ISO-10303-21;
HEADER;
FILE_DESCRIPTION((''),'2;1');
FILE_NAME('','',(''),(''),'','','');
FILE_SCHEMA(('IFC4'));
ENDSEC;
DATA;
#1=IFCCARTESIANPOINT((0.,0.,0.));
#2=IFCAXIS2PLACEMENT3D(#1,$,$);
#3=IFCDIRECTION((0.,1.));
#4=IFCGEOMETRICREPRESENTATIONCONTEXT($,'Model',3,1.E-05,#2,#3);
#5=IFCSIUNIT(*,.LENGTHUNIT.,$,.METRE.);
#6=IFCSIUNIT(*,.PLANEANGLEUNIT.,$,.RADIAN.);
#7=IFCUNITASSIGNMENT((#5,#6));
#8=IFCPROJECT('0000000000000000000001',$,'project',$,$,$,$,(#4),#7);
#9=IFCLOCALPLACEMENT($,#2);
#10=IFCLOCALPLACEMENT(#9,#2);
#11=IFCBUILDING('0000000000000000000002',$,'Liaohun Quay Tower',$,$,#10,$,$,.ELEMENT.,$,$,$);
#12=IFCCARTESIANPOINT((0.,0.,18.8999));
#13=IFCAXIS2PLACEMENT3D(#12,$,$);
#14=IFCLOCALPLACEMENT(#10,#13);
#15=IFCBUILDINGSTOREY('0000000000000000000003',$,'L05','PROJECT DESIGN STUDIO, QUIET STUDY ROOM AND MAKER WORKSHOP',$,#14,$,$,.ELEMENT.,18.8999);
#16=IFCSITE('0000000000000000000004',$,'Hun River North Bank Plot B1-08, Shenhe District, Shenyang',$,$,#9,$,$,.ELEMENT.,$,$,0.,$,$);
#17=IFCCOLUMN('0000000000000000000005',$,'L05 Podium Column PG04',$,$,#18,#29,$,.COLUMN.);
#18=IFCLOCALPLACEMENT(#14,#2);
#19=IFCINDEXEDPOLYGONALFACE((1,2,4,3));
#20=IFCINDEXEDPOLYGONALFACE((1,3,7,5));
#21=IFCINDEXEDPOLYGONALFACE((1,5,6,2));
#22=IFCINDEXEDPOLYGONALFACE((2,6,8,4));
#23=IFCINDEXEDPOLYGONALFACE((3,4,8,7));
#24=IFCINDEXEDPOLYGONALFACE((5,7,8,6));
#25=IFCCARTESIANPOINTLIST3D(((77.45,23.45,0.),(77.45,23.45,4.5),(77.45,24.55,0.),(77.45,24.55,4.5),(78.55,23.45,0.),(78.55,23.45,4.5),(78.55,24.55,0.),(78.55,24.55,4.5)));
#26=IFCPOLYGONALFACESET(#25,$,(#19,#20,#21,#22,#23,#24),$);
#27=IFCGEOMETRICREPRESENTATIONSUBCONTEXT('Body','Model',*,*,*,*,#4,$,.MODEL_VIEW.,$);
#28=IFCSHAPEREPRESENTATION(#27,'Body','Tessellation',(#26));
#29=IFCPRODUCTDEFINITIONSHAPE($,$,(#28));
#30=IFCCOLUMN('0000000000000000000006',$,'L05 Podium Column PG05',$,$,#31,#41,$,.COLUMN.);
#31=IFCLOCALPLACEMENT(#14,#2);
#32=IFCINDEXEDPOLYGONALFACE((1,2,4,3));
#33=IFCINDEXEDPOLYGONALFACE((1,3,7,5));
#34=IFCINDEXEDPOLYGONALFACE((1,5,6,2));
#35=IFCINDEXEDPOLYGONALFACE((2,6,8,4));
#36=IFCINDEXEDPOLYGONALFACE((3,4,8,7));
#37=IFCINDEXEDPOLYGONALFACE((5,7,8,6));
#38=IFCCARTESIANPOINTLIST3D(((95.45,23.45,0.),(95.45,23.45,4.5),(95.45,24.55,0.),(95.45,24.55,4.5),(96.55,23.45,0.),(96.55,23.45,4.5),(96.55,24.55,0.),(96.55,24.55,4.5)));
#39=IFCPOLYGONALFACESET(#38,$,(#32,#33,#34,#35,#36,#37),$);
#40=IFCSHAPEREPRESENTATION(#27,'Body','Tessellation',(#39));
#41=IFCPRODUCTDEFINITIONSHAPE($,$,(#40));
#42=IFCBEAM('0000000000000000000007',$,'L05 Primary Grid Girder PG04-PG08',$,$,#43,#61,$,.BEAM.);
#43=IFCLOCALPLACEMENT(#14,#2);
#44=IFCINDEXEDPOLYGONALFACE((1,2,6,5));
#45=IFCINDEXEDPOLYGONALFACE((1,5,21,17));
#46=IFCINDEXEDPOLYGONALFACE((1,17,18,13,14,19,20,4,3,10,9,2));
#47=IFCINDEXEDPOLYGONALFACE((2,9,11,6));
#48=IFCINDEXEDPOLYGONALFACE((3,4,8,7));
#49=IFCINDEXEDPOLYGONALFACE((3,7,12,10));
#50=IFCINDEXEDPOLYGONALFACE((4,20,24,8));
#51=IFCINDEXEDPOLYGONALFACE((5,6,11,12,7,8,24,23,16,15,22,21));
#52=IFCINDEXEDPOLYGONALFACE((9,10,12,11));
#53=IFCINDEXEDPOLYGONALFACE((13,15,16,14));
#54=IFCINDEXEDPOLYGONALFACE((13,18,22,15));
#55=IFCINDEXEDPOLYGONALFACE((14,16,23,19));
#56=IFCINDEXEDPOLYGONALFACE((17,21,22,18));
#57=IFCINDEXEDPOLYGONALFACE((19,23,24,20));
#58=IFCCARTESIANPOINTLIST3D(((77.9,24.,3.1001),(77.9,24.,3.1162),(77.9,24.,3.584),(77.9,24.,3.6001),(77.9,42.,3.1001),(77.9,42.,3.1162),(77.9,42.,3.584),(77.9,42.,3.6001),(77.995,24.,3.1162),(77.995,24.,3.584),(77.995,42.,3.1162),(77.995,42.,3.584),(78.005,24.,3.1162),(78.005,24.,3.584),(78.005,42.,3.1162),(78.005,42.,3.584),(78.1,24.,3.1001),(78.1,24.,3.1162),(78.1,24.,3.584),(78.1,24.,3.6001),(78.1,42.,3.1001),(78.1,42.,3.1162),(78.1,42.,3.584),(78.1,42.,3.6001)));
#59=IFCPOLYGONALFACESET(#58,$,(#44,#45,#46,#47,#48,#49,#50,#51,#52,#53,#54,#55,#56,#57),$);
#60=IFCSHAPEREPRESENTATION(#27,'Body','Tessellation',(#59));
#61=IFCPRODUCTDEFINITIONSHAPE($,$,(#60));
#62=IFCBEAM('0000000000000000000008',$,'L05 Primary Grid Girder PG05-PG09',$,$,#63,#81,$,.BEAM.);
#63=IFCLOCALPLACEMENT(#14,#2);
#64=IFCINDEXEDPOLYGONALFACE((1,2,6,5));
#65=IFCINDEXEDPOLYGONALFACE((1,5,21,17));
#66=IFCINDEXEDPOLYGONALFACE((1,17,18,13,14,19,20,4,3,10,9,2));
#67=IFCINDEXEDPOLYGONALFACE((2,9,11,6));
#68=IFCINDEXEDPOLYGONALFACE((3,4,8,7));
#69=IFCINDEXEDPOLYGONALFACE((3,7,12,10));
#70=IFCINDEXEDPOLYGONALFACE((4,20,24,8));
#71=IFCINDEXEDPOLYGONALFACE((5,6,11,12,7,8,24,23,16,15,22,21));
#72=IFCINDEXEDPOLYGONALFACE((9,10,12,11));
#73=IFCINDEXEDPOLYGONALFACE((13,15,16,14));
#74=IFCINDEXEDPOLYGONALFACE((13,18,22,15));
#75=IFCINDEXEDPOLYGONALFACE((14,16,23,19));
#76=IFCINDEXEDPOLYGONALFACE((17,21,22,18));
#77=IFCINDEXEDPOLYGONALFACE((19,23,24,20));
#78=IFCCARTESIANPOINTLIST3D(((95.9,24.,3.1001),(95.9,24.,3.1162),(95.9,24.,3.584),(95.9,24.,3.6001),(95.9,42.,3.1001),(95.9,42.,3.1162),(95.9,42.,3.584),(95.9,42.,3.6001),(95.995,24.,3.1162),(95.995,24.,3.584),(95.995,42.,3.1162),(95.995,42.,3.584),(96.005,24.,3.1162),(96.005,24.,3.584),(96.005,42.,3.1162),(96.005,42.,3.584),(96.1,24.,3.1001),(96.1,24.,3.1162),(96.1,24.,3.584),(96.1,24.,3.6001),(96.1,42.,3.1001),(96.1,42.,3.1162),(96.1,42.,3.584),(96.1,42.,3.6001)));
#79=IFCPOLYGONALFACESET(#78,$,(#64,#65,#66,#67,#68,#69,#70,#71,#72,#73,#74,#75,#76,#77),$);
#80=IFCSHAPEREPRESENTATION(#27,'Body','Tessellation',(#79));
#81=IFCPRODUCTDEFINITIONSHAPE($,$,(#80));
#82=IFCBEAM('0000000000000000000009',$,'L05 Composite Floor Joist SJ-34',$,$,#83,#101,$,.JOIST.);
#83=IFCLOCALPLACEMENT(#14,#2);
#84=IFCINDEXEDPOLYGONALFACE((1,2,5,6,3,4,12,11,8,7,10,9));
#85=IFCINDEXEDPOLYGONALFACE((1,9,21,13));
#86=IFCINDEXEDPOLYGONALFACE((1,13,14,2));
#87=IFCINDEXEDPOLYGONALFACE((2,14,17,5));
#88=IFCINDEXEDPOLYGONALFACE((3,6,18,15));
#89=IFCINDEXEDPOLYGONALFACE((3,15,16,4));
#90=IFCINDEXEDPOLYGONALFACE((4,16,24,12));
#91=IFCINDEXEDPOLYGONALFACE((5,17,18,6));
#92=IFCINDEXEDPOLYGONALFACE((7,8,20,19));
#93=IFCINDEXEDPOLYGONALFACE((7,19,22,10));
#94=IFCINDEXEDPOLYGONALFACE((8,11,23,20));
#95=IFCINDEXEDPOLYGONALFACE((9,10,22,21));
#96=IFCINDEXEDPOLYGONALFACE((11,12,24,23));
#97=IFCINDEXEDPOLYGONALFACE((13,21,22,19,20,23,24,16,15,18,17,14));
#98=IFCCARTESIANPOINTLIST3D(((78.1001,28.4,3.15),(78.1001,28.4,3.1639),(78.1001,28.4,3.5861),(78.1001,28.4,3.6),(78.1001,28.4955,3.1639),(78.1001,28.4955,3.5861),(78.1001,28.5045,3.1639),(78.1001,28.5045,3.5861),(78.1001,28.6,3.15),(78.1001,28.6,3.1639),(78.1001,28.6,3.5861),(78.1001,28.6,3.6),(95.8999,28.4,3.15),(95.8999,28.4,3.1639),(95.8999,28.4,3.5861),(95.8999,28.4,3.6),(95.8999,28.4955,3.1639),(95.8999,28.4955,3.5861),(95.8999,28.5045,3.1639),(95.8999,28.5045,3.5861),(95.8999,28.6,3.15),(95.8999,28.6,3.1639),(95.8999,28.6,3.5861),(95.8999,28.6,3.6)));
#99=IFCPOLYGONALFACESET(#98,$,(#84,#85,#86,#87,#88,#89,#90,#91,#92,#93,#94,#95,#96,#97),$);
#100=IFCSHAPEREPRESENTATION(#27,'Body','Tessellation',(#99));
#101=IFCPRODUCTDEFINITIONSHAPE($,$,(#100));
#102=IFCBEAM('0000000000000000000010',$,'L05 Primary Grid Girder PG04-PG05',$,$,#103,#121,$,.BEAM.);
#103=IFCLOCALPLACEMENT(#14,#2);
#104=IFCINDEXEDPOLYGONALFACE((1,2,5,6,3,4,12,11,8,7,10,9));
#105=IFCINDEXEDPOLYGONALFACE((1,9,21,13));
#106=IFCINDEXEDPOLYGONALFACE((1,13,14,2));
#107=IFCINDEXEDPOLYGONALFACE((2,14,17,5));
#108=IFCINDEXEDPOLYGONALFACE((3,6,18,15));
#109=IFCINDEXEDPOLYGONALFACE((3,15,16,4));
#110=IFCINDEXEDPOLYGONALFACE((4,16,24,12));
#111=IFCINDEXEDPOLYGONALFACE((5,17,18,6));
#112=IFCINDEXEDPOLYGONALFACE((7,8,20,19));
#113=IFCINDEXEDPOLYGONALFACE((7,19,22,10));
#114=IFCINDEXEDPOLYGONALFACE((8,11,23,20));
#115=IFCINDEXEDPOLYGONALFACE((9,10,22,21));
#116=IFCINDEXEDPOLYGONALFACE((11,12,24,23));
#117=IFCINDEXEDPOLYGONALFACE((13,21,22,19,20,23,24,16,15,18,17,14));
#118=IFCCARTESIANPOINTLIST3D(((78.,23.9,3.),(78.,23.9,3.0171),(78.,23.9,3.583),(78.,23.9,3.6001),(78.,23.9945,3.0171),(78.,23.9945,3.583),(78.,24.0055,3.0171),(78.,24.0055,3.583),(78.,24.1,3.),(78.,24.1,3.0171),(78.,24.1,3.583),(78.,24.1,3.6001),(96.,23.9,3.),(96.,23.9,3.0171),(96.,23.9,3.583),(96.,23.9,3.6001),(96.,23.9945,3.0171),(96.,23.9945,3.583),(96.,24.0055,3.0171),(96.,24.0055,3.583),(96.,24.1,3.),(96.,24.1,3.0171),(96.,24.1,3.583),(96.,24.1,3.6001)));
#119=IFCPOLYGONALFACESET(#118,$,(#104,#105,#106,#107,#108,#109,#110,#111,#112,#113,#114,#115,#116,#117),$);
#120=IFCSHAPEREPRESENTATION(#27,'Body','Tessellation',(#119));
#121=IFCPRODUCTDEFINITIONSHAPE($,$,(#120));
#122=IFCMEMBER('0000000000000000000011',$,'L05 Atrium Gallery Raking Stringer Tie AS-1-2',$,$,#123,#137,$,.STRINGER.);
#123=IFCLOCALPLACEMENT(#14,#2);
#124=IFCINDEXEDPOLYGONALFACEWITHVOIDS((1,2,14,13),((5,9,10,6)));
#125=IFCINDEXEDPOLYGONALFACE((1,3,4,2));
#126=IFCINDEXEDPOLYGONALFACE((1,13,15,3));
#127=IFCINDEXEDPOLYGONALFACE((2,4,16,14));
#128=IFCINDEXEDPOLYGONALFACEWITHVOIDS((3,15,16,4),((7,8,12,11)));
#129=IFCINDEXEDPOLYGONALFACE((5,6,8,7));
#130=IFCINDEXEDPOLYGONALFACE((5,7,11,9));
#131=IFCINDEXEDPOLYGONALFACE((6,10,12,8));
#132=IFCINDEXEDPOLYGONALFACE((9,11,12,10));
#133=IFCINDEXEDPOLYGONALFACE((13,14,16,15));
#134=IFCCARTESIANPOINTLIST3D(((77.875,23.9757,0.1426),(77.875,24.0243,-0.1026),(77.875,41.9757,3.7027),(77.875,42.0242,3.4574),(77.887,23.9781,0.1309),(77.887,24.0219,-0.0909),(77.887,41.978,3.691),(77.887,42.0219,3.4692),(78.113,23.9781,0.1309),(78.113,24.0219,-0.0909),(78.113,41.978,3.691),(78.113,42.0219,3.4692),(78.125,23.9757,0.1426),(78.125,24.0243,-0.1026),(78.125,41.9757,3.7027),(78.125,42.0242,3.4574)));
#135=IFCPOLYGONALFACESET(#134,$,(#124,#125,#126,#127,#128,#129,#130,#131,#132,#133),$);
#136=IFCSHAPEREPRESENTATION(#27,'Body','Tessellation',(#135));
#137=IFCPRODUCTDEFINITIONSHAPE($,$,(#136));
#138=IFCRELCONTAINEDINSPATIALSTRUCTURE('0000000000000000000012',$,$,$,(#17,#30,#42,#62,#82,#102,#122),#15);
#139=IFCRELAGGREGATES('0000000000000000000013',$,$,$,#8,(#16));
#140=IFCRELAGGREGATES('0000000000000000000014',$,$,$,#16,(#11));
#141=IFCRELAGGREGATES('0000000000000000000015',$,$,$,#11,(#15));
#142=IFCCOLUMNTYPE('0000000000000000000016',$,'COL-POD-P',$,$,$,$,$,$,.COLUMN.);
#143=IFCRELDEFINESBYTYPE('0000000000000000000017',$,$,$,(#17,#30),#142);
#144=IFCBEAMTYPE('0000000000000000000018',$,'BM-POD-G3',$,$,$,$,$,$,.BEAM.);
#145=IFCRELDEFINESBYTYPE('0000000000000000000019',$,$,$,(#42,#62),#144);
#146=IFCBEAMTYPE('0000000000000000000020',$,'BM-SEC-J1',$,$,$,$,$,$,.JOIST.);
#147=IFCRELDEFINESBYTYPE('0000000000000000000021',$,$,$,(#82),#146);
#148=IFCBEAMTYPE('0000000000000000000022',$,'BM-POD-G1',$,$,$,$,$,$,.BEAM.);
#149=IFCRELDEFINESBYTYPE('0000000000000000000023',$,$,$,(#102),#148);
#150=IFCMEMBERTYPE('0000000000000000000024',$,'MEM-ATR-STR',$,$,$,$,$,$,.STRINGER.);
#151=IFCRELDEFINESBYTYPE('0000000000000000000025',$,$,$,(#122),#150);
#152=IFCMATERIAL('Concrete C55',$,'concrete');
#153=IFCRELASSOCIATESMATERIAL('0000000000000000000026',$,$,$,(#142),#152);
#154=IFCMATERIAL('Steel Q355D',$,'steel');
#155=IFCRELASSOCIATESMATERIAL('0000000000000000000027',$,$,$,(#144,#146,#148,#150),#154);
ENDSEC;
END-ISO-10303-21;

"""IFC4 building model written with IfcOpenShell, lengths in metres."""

from ifc_helpers import new_model, si_unit, direction, frame, origin, origin_2d, place, context, subcontext, project, spatial, rectangle, hollow_rectangle, i_section, extrude, source, transform, mapped, material, material_profile, profile_set, type_object, element, save


model = new_model("IFC4")

# Units and contexts
model_context = context("Model", 3, precision=1e-05, world=origin(), true_north=direction((0.0, 1.0)))
body_context = subcontext(model_context, "Body", "Model", "MODEL_VIEW")
ifc_project = project(units=[si_unit("LENGTHUNIT", "METRE"), si_unit("PLANEANGLEUNIT", "RADIAN")], contexts=[model_context])

# Site, building, storey
site_placement = place(None, origin())
site = spatial("IfcSite", under=ifc_project, at=site_placement, Name="Hun River North Bank Plot B1-08, Shenhe District, Shenyang", CompositionType="ELEMENT", RefElevation=0.0)
building_placement = place(site_placement, origin())
building = spatial("IfcBuilding", under=site, at=building_placement, Name="Liaohun Quay Tower", CompositionType="ELEMENT")
storey_placement = place(building_placement, frame((0.0, 0.0, 18.8999)))
storey = spatial("IfcBuildingStorey", under=building, at=storey_placement, Name="L05", Description="PROJECT DESIGN STUDIO, QUIET STUDY ROOM AND MAKER WORKSHOP", CompositionType="ELEMENT", Elevation=18.8999)

# Columns
ifc_material_1 = material(Name="Concrete C55", Category="concrete")
ifc_material_profile_1 = material_profile(ifc_material_1, rectangle(XDim=1.1001, YDim=1.1001, at=origin_2d()), Name="RC1100x1100")
ifc_profile_set_1 = profile_set([ifc_material_profile_1], Name="Concrete C55")
column_type = type_object("IfcColumnType", Name="COL-POD-P", PredefinedType="COLUMN", material=ifc_profile_set_1)
shared_shape_1 = source(origin(), body_context, "Body", "SweptSolid", [
    extrude(rectangle(XDim=1.1001, YDim=1.1001, at=origin_2d()), origin(), (0.0, 0.0, 1.0), 4.5),
])
for number, where, z_axis, x_axis, name in (
    (1, (78.0, 24.0, 0.0), (0.0, 0.0, 1.0), (1.0, 0.0, 0.0), "L05 Podium Column PG04"),
    (2, (96.0, 24.0, 0.0), (0.0, 0.0, 1.0), (1.0, 0.0, 0.0), "L05 Podium Column PG05"),
):
    element("IfcColumn", number, at=place(storey_placement, frame(where, z_axis=z_axis, x_axis=x_axis)), inside=storey, type_object=column_type, Name=name, PredefinedType="COLUMN", context=body_context, shape_type="MappedRepresentation", body=[
        mapped(shared_shape_1, transform((0.0, 0.0, 0.0), x_axis=(1.0, 0.0, 0.0), y_axis=(0.0, 1.0, 0.0), z_axis=(0.0, 0.0, 1.0), scale=1.0)),
    ])

# Beams
ifc_material_2 = material(Name="Steel Q355D", Category="steel")
ifc_material_profile_2 = material_profile(ifc_material_2, i_section(OverallWidth=0.2, OverallDepth=0.5, WebThickness=0.01, FlangeThickness=0.0161, at=origin_2d()), Name="HN500x200x10x16")
ifc_profile_set_2 = profile_set([ifc_material_profile_2], Name="Steel Q355D")
beam_type_1 = type_object("IfcBeamType", Name="BM-POD-G3", PredefinedType="BEAM", material=ifc_profile_set_2)
shared_shape_2 = source(origin(), body_context, "Body", "SweptSolid", [
    extrude(i_section(OverallWidth=0.2, OverallDepth=0.5, WebThickness=0.01, FlangeThickness=0.0161, at=origin_2d()), origin(), (0.0, 0.0, 1.0), 18.0),
])
for number, where, z_axis, x_axis, name in (
    (3, (78.0, 24.0, 3.3501), (0.0, 1.0, 0.0), (-1.0, 0.0, 0.0), "L05 Primary Grid Girder PG04-PG08"),
    (4, (96.0, 24.0, 3.3501), (0.0, 1.0, 0.0), (-1.0, 0.0, 0.0), "L05 Primary Grid Girder PG05-PG09"),
):
    element("IfcBeam", number, at=place(storey_placement, frame(where, z_axis=z_axis, x_axis=x_axis)), inside=storey, type_object=beam_type_1, Name=name, PredefinedType="BEAM", context=body_context, shape_type="MappedRepresentation", body=[
        mapped(shared_shape_2, transform((0.0, 0.0, 0.0), x_axis=(1.0, 0.0, 0.0), y_axis=(0.0, 1.0, 0.0), z_axis=(0.0, 0.0, 1.0), scale=1.0)),
    ])
ifc_material_profile_3 = material_profile(ifc_material_2, i_section(OverallWidth=0.2, OverallDepth=0.45, WebThickness=0.009, FlangeThickness=0.0139, at=origin_2d()), Name="HN450x200x9x14")
ifc_profile_set_3 = profile_set([ifc_material_profile_3], Name="Steel Q355D")
beam_type_2 = type_object("IfcBeamType", Name="BM-SEC-J1", PredefinedType="JOIST", material=ifc_profile_set_3)
shared_shape_3 = source(origin(), body_context, "Body", "SweptSolid", [
    extrude(i_section(OverallWidth=0.2, OverallDepth=0.45, WebThickness=0.009, FlangeThickness=0.0139, at=origin_2d()), origin(), (0.0, 0.0, 1.0), 17.7998),
])
beam_1_placement = place(storey_placement, frame((78.1001, 28.5, 3.375), z_axis=(1.0, 0.0, 0.0), x_axis=(0.0, 1.0, 0.0)))
element("IfcBeam", 5, at=beam_1_placement, inside=storey, type_object=beam_type_2, Name="L05 Composite Floor Joist SJ-34", PredefinedType="JOIST", context=body_context, shape_type="MappedRepresentation", body=[
    mapped(shared_shape_3, transform((0.0, 0.0, 0.0), x_axis=(1.0, 0.0, 0.0), y_axis=(0.0, 1.0, 0.0), z_axis=(0.0, 0.0, 1.0), scale=1.0)),
])
ifc_material_profile_4 = material_profile(ifc_material_2, i_section(OverallWidth=0.2, OverallDepth=0.6001, WebThickness=0.011, FlangeThickness=0.0171, at=origin_2d()), Name="HN600x200x11x17")
ifc_profile_set_4 = profile_set([ifc_material_profile_4], Name="Steel Q355D")
beam_type_3 = type_object("IfcBeamType", Name="BM-POD-G1", PredefinedType="BEAM", material=ifc_profile_set_4)
shared_shape_4 = source(origin(), body_context, "Body", "SweptSolid", [
    extrude(i_section(OverallWidth=0.2, OverallDepth=0.6001, WebThickness=0.011, FlangeThickness=0.0171, at=origin_2d()), origin(), (0.0, 0.0, 1.0), 18.0),
])
beam_2_placement = place(storey_placement, frame((78.0, 24.0, 3.3), z_axis=(1.0, 0.0, 0.0), x_axis=(0.0, 1.0, 0.0)))
element("IfcBeam", 6, at=beam_2_placement, inside=storey, type_object=beam_type_3, Name="L05 Primary Grid Girder PG04-PG05", PredefinedType="BEAM", context=body_context, shape_type="MappedRepresentation", body=[
    mapped(shared_shape_4, transform((0.0, 0.0, 0.0), x_axis=(1.0, 0.0, 0.0), y_axis=(0.0, 1.0, 0.0), z_axis=(0.0, 0.0, 1.0), scale=1.0)),
])

# Member
ifc_material_profile_5 = material_profile(ifc_material_2, hollow_rectangle(XDim=0.25, YDim=0.25, WallThickness=0.012, at=origin_2d()), Name="SHS250x250x12")
ifc_profile_set_5 = profile_set([ifc_material_profile_5], Name="Steel Q355D")
member_type = type_object("IfcMemberType", Name="MEM-ATR-STR", PredefinedType="STRINGER", material=ifc_profile_set_5)
shared_shape_5 = source(origin(), body_context, "Body", "SweptSolid", [
    extrude(hollow_rectangle(XDim=0.25, YDim=0.25, WallThickness=0.012, at=origin_2d()), origin(), (0.0, 0.0, 1.0), 18.3486),
])
member_placement = place(storey_placement, frame((78.0, 24.0, 0.02), z_axis=(0.0, 0.980997, 0.194023), x_axis=(-1.0, 0.0, 0.0)))
element("IfcMember", 7, at=member_placement, inside=storey, type_object=member_type, Name="L05 Atrium Gallery Raking Stringer Tie AS-1-2", PredefinedType="STRINGER", context=body_context, shape_type="MappedRepresentation", body=[
    mapped(shared_shape_5, transform((0.0, 0.0, 0.0), x_axis=(1.0, 0.0, 0.0), y_axis=(0.0, 1.0, 0.0), z_axis=(0.0, 0.0, 1.0), scale=1.0)),
])

save(model, "model.ifc")
